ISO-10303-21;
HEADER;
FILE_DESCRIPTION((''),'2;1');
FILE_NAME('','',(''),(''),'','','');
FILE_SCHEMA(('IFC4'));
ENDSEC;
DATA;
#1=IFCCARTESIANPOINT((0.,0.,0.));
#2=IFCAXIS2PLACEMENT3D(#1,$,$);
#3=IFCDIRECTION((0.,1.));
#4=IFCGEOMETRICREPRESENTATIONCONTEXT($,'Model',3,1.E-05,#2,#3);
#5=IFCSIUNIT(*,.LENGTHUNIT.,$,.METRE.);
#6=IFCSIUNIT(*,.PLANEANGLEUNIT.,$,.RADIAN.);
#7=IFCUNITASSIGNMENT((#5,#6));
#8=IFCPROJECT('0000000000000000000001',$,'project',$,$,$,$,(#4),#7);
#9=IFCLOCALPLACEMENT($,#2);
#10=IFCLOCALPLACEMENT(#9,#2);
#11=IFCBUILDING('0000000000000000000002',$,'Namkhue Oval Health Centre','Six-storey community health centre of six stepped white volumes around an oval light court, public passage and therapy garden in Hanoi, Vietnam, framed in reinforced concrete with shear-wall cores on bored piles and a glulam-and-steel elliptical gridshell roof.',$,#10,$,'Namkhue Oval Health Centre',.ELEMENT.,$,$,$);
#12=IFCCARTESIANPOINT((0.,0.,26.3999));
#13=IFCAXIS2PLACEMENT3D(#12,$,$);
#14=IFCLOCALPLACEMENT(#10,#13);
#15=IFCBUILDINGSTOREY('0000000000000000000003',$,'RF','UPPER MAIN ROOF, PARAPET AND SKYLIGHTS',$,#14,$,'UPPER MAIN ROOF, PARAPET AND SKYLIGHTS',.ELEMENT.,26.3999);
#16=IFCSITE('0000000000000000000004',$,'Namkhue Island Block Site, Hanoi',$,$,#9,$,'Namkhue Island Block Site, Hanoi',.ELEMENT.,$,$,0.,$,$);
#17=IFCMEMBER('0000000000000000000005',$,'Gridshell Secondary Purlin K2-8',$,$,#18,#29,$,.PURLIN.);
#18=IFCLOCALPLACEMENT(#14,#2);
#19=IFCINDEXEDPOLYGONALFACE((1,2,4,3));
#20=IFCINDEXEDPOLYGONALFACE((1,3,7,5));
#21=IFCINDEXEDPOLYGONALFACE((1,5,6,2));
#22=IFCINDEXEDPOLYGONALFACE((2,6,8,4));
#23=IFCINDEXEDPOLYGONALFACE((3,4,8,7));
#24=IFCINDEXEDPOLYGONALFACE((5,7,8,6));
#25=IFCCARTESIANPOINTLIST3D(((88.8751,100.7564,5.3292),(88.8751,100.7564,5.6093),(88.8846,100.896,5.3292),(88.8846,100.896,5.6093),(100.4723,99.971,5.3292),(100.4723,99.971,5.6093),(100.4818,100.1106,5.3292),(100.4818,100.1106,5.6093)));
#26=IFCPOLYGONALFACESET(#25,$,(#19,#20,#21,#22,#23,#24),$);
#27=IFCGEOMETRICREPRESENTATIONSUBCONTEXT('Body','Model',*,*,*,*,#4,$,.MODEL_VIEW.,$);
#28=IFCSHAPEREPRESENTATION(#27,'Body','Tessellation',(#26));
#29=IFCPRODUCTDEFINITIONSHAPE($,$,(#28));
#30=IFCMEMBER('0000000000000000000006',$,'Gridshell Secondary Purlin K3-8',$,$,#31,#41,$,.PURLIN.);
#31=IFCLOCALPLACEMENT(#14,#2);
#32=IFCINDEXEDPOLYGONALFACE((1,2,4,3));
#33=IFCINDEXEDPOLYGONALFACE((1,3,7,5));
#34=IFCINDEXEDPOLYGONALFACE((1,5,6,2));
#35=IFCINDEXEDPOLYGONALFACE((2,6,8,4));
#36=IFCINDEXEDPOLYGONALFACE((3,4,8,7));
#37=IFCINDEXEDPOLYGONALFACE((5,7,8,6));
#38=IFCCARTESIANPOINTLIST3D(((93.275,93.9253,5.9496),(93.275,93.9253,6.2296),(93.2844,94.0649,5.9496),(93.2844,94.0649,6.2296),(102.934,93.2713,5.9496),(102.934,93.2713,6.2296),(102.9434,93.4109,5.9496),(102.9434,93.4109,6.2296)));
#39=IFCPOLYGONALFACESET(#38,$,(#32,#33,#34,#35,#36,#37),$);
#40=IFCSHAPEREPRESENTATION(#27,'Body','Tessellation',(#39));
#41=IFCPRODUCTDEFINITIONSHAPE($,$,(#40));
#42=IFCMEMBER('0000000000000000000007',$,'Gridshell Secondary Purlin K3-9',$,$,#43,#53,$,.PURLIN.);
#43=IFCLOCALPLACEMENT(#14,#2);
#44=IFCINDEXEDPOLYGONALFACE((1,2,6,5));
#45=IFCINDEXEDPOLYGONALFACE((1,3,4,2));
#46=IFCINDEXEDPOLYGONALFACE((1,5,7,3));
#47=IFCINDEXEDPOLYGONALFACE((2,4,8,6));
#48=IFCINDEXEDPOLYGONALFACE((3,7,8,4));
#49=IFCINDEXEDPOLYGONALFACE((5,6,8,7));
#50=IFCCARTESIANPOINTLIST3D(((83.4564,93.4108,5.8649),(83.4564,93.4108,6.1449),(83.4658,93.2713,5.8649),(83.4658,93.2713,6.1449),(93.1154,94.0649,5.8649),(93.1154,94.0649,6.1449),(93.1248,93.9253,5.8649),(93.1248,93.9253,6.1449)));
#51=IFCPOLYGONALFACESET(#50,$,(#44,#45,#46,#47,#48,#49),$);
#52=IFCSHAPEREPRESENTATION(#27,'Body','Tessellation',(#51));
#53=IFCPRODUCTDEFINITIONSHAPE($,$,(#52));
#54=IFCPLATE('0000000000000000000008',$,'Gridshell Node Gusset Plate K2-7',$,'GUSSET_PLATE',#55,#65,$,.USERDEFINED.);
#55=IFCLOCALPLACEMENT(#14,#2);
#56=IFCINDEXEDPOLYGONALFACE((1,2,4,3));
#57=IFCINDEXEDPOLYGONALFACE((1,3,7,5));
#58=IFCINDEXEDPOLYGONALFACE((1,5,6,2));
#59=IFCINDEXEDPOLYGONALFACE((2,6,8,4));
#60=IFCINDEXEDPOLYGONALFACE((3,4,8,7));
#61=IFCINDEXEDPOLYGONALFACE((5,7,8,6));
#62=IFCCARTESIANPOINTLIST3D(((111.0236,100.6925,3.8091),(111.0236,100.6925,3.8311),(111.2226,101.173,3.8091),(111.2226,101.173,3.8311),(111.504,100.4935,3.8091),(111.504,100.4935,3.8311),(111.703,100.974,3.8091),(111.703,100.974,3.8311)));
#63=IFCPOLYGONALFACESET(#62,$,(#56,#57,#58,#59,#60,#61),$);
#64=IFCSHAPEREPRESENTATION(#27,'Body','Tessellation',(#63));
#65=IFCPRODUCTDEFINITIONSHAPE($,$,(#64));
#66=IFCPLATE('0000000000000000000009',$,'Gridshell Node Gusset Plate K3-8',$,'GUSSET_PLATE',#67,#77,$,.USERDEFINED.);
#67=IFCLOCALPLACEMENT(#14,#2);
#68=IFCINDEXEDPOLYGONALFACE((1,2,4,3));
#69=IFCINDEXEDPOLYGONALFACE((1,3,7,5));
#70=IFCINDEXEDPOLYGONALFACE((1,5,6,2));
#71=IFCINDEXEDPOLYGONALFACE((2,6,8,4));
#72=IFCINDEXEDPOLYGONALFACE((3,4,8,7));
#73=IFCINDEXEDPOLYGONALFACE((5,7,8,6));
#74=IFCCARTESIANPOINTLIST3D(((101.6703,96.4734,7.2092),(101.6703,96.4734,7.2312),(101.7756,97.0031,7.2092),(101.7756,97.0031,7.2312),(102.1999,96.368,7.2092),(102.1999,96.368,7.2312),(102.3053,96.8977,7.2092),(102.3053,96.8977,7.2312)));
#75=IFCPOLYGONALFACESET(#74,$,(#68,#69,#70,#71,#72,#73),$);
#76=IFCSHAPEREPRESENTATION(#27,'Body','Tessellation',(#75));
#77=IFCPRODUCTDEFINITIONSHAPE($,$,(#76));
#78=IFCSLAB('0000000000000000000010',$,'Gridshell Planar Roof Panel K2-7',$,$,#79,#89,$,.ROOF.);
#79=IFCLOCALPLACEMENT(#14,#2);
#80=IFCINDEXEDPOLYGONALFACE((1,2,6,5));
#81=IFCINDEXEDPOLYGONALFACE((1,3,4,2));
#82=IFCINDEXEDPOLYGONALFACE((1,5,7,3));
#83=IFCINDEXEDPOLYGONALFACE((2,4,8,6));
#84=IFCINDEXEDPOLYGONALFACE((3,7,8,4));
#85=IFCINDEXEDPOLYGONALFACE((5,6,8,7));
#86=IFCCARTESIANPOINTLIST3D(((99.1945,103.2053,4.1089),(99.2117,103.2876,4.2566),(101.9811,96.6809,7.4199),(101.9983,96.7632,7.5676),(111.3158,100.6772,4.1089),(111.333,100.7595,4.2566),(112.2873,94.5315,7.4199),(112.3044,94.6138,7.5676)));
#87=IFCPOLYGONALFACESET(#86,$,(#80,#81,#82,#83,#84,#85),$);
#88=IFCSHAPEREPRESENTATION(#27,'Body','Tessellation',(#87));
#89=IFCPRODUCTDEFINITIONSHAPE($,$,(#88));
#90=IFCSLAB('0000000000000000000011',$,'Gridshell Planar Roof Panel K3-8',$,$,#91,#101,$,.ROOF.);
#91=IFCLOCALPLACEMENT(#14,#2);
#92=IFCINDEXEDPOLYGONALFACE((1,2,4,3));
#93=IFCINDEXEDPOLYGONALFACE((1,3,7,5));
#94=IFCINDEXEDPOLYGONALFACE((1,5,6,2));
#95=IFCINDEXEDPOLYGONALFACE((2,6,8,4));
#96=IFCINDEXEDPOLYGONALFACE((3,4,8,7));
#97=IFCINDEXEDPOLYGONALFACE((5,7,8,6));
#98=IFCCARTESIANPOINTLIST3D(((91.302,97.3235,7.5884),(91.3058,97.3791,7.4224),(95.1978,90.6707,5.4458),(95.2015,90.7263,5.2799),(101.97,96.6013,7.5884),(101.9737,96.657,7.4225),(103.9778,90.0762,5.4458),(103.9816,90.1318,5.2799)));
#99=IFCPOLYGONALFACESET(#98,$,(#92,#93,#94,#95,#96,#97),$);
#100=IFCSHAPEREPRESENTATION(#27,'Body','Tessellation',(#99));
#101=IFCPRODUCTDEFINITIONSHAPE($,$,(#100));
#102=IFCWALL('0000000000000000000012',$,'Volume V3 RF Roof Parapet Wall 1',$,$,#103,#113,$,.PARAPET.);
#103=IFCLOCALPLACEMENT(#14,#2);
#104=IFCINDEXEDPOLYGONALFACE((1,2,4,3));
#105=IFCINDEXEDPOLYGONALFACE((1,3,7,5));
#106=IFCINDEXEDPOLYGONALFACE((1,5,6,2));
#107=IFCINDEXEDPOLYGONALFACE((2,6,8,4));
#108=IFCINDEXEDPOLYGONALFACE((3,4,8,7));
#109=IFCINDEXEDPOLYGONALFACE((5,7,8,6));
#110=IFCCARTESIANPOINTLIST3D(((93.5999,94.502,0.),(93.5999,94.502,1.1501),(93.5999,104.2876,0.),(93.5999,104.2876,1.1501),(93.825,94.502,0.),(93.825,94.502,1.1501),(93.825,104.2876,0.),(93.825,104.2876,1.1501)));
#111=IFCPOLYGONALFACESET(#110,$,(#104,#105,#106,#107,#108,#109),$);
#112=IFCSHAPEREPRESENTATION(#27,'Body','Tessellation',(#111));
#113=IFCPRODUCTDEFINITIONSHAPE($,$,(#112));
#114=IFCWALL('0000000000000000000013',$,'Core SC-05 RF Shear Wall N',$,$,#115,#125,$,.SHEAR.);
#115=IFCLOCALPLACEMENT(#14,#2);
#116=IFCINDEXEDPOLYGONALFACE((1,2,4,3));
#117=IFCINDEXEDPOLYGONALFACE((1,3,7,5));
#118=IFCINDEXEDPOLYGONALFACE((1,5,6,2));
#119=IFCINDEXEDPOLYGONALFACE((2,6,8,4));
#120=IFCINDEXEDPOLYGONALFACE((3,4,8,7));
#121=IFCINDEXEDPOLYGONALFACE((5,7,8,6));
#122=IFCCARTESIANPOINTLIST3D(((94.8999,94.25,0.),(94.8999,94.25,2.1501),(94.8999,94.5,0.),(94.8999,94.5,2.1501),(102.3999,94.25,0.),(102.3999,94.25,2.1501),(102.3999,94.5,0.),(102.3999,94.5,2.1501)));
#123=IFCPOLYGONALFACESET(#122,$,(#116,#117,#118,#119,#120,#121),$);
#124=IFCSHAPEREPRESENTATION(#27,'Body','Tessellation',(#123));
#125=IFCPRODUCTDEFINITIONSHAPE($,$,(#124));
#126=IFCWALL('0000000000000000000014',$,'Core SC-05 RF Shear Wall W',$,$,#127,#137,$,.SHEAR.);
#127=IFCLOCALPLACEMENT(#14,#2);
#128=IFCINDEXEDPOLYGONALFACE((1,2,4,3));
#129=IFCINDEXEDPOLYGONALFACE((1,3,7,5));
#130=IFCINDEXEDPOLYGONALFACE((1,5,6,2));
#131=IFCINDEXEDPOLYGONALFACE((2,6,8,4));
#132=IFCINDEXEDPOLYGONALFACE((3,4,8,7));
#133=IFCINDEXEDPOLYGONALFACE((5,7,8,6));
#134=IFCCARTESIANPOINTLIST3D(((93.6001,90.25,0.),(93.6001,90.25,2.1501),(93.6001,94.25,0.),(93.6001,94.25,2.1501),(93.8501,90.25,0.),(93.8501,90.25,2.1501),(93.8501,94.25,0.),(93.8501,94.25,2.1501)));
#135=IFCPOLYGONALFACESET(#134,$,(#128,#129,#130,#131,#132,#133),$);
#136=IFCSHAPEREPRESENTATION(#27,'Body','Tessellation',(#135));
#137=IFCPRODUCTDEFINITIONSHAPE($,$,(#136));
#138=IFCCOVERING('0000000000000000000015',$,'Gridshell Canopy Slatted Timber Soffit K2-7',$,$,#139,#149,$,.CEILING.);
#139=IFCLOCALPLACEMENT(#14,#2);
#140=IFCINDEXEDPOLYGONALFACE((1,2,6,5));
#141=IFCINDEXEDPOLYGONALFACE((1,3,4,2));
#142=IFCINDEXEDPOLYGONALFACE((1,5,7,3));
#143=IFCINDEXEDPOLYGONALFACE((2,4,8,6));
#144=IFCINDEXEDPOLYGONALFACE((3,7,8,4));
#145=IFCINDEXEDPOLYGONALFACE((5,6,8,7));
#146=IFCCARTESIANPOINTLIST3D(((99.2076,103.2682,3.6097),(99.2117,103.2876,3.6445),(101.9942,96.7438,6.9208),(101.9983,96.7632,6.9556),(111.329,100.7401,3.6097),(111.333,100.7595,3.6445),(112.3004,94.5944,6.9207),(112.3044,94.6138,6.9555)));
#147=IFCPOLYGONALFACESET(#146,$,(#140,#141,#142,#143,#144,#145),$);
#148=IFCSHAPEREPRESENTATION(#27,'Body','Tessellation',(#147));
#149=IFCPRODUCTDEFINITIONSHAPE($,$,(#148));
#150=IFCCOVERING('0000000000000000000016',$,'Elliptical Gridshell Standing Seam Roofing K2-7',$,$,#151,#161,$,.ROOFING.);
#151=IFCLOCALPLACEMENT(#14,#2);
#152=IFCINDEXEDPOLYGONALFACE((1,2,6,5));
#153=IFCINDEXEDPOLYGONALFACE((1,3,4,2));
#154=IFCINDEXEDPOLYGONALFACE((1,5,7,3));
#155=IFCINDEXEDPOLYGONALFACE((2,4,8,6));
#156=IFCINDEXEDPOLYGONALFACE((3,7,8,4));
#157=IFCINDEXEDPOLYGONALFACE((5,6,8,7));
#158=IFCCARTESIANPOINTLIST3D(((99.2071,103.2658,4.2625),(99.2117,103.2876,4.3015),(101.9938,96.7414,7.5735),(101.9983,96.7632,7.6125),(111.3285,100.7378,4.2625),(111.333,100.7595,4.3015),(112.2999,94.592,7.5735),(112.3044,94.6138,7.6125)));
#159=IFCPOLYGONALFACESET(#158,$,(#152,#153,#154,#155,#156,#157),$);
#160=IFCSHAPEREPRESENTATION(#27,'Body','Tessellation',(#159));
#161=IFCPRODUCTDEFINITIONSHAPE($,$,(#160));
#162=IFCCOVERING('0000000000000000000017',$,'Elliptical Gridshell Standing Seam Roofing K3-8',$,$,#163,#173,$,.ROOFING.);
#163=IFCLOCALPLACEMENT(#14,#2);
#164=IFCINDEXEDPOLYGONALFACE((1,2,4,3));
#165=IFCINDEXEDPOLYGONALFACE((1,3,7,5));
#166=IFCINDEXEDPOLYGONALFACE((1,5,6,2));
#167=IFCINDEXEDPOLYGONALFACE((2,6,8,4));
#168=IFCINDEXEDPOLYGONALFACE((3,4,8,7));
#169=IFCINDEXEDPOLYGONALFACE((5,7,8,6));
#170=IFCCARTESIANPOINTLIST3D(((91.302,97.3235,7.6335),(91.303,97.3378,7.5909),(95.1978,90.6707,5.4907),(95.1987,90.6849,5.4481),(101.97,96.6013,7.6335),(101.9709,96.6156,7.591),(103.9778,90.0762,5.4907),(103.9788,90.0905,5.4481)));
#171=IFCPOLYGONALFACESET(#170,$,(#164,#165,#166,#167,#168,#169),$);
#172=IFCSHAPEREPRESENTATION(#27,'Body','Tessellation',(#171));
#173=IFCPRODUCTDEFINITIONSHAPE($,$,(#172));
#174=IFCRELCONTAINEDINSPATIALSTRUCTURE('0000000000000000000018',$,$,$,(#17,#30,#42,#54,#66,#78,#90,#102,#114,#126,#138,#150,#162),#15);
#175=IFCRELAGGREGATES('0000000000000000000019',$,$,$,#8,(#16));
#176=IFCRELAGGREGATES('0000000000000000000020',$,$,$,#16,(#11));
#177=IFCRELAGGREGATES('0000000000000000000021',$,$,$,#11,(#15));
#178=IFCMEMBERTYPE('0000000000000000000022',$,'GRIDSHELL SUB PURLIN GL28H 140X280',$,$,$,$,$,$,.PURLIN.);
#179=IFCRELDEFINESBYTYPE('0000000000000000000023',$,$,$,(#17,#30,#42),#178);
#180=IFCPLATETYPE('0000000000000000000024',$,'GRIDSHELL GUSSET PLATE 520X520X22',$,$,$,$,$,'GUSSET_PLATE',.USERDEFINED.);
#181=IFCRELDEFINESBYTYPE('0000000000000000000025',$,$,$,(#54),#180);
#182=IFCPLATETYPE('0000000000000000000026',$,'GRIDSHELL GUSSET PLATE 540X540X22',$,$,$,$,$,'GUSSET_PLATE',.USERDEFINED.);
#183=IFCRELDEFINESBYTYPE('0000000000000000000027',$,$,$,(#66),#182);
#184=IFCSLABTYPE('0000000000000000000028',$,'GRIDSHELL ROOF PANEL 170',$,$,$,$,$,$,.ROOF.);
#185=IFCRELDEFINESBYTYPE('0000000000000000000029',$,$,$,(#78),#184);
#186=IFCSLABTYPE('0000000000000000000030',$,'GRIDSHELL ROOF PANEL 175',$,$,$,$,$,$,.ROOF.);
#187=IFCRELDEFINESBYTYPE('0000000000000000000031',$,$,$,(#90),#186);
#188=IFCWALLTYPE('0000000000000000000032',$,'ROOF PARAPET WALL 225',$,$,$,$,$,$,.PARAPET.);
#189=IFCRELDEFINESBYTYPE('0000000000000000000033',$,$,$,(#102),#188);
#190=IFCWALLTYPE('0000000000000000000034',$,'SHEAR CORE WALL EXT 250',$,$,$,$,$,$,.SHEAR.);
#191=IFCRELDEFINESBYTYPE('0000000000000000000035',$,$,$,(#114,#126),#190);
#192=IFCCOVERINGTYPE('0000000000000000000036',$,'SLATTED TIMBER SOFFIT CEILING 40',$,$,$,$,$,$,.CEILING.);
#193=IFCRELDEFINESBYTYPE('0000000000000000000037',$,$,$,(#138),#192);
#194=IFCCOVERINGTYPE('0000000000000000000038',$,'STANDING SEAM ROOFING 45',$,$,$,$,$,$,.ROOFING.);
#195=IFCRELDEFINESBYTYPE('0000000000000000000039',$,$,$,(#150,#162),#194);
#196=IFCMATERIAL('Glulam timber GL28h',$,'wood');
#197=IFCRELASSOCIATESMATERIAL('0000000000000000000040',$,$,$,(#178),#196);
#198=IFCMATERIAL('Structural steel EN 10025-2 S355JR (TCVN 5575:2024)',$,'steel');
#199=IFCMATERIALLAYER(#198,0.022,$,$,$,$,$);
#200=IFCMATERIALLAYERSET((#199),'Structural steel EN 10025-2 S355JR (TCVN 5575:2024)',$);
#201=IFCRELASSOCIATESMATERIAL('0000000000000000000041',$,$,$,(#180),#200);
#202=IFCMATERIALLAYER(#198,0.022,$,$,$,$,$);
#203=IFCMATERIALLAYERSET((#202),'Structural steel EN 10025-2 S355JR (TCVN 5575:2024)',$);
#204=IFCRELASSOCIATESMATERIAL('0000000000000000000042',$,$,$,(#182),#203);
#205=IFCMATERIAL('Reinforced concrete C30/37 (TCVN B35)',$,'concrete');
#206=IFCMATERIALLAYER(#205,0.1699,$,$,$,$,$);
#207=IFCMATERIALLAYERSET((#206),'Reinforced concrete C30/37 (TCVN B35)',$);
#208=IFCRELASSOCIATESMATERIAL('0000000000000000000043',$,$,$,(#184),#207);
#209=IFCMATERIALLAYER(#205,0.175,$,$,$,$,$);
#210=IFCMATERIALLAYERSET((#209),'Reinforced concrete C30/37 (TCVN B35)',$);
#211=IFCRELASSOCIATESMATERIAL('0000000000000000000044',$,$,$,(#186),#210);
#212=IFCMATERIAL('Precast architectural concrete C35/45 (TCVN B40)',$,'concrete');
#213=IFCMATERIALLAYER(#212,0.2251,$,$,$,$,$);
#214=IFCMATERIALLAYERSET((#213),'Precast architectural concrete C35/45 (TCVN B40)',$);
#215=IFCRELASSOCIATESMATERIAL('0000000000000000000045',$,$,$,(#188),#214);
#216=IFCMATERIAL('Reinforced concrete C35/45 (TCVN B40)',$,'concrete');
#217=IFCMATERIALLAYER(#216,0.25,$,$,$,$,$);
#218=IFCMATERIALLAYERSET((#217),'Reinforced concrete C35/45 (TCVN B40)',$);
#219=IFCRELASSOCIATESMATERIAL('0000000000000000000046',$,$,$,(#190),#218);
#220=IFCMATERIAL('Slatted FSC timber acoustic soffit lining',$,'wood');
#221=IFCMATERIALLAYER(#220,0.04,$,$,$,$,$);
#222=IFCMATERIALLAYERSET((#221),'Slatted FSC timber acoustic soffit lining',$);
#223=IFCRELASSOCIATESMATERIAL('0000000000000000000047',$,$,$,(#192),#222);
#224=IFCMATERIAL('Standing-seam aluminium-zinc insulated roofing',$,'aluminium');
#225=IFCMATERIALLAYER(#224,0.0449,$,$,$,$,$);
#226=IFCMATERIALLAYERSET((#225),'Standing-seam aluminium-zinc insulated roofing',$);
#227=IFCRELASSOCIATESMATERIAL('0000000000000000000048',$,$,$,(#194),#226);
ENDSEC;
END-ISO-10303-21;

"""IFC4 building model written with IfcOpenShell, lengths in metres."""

from ifc_helpers import new_model, si_unit, direction, frame, frame_2d, origin, origin_2d, place, context, subcontext, project, spatial, polyline, rectangle, outline, extrude, material, layer, layer_set, material_profile, profile_set, type_object, element, save


model = new_model("IFC4")

# Units and contexts
model_context = context("Model", 3, precision=1e-05, world=origin(), true_north=direction((0.0, 1.0)))
body_context = subcontext(model_context, "Body", "Model", "MODEL_VIEW")
ifc_project = project(units=[si_unit("LENGTHUNIT", "METRE"), si_unit("PLANEANGLEUNIT", "RADIAN")], contexts=[model_context])

# Site, building, storey
site_placement = place(None, origin())
site = spatial("IfcSite", under=ifc_project, at=site_placement, Name="Namkhue Island Block Site, Hanoi", LongName="Namkhue Island Block Site, Hanoi", CompositionType="ELEMENT", RefElevation=0.0)
building_placement = place(site_placement, origin())
building = spatial("IfcBuilding", under=site, at=building_placement, Name="Namkhue Oval Health Centre", Description="Six-storey community health centre of six stepped white volumes around an oval light court, public passage and therapy garden in Hanoi, Vietnam, framed in reinforced concrete with shear-wall cores on bored piles and a glulam-and-steel elliptical gridshell roof.", LongName="Namkhue Oval Health Centre", CompositionType="ELEMENT")
storey_placement = place(building_placement, frame((0.0, 0.0, 26.3999)))
storey = spatial("IfcBuildingStorey", under=building, at=storey_placement, Name="RF", Description="UPPER MAIN ROOF, PARAPET AND SKYLIGHTS", LongName="UPPER MAIN ROOF, PARAPET AND SKYLIGHTS", CompositionType="ELEMENT", Elevation=26.3999)

# Members
ifc_material_1 = material(Name="Structural steel EN 10025-2 S355JR (TCVN 5575:2024)", Category="steel")
ifc_material_2 = material(Name="Glulam timber GL28h", Category="wood")
ifc_material_profile_1 = material_profile(ifc_material_2, rectangle(XDim=0.1399, YDim=0.28, at=origin_2d()), Name="GL28h 140x280")
ifc_profile_set_1 = profile_set([ifc_material_profile_1], Name="Glulam timber GL28h")
member_type_1 = type_object("IfcMemberType", Name="GRIDSHELL SUB PURLIN GL28H 140X280", PredefinedType="PURLIN", material=ifc_profile_set_1)
member_1_placement = place(storey_placement, frame((100.4771, 100.0408, 5.4692), z_axis=(-0.997715, 0.067569, 0.0), x_axis=(-0.067569, -0.997715, 0.0)))
element("IfcMember", 1, at=member_1_placement, inside=storey, type_object=member_type_1, Name="Gridshell Secondary Purlin K2-8", PredefinedType="PURLIN", context=body_context, shape_type="SweptSolid", body=[
    extrude(rectangle(XDim=0.1399, YDim=0.28, at=origin_2d()), origin(), (0.0, 0.0, 1.0), 11.6238),
])
for number, where, z_axis, x_axis, name in (
    (2, (102.9387, 93.3411, 6.0896), (-0.997715, 0.06756, 0.0), (-0.06756, -0.997715, 0.0), "Gridshell Secondary Purlin K3-8"),
    (3, (93.1201, 93.9951, 6.0049), (-0.997715, -0.06756, 0.0), (0.06756, -0.997715, 0.0), "Gridshell Secondary Purlin K3-9"),
):
    element("IfcMember", number, at=place(storey_placement, frame(where, z_axis=z_axis, x_axis=x_axis)), inside=storey, type_object=member_type_1, Name=name, PredefinedType="PURLIN", context=body_context, shape_type="SweptSolid", body=[
        extrude(rectangle(XDim=0.1399, YDim=0.28, at=origin_2d()), origin(), (0.0, 0.0, 1.0), 9.6812),
    ])

# Plates
ifc_layer_1 = layer(ifc_material_1, 0.022)
ifc_layer_set_1 = layer_set([ifc_layer_1], Name="Structural steel EN 10025-2 S355JR (TCVN 5575:2024)")
plate_type_1 = type_object("IfcPlateType", Name="GRIDSHELL GUSSET PLATE 520X520X22", ElementType="GUSSET_PLATE", PredefinedType="USERDEFINED", material=ifc_layer_set_1)
plate_1_placement = place(storey_placement, frame((111.3633, 100.8333, 3.8091), z_axis=(0.0, 0.0, 1.0), x_axis=(0.382683, 0.92388, 0.0)))
element("IfcPlate", 4, at=plate_1_placement, inside=storey, type_object=plate_type_1, Name="Gridshell Node Gusset Plate K2-7", ObjectType="GUSSET_PLATE", PredefinedType="USERDEFINED", context=body_context, shape_type="SweptSolid", body=[
    extrude(rectangle(XDim=0.52, YDim=0.52, at=origin_2d()), origin(), (0.0, 0.0, 1.0), 0.022),
])
ifc_layer_2 = layer(ifc_material_1, 0.022)
ifc_layer_set_2 = layer_set([ifc_layer_2], Name="Structural steel EN 10025-2 S355JR (TCVN 5575:2024)")
plate_type_2 = type_object("IfcPlateType", Name="GRIDSHELL GUSSET PLATE 540X540X22", ElementType="GUSSET_PLATE", PredefinedType="USERDEFINED", material=ifc_layer_set_2)
plate_2_placement = place(storey_placement, frame((101.9878, 96.6855, 7.2092), z_axis=(0.0, 0.0, 1.0), x_axis=(0.19509, 0.980785, 0.0)))
element("IfcPlate", 5, at=plate_2_placement, inside=storey, type_object=plate_type_2, Name="Gridshell Node Gusset Plate K3-8", ObjectType="GUSSET_PLATE", PredefinedType="USERDEFINED", context=body_context, shape_type="SweptSolid", body=[
    extrude(rectangle(XDim=0.54, YDim=0.54, at=origin_2d()), origin(), (0.0, 0.0, 1.0), 0.022),
])

# Slabs
ifc_material_3 = material(Name="Reinforced concrete C30/37 (TCVN B35)", Category="concrete")
ifc_layer_3 = layer(ifc_material_3, 0.1699)
ifc_layer_set_3 = layer_set([ifc_layer_3], Name="Reinforced concrete C30/37 (TCVN B35)")
slab_type_1 = type_object("IfcSlabType", Name="GRIDSHELL ROOF PANEL 170", PredefinedType="ROOF", material=ifc_layer_set_3)
slab_1_placement = place(storey_placement, frame((111.333, 100.7595, 4.2566), z_axis=(0.100984, 0.484195, 0.869113), x_axis=(-0.978935, 0.20417, -0.000001)))
element("IfcSlab", 6, at=slab_1_placement, inside=storey, type_object=slab_type_1, Name="Gridshell Planar Roof Panel K2-7", PredefinedType="ROOF", context=body_context, shape_type="SweptSolid", body=[
    extrude(outline(polyline([(0.0, 0.0), (12.3822, 0.0), (8.3221, 6.6942), (-2.2058, 6.6941), (0.0, 0.0)])), origin(), (0.0, 0.0, -1.0), 0.1699),
])
ifc_layer_4 = layer(ifc_material_3, 0.175)
ifc_layer_set_4 = layer_set([ifc_layer_4], Name="Reinforced concrete C30/37 (TCVN B35)")
slab_type_2 = type_object("IfcSlabType", Name="GRIDSHELL ROOF PANEL 175", PredefinedType="ROOF", material=ifc_layer_set_4)
slab_2_placement = place(storey_placement, frame((101.97, 96.6013, 7.5884), z_axis=(-0.02152, -0.317871, 0.94789), x_axis=(-0.997716, 0.067541, -0.000002)))
element("IfcSlab", 7, at=slab_2_placement, inside=storey, type_object=slab_type_2, Name="Gridshell Planar Roof Panel K3-8", PredefinedType="ROOF", context=body_context, shape_type="SweptSolid", body=[
    extrude(outline(polyline([(0.0, 0.0), (10.6924, 0.0), (6.3562, 6.725), (-2.4439, 6.7251), (0.0, 0.0)])), origin(), (0.0, 0.0, -1.0), 0.175),
])

# Walls
ifc_material_4 = material(Name="Precast architectural concrete C35/45 (TCVN B40)", Category="concrete")
ifc_layer_5 = layer(ifc_material_4, 0.2251)
ifc_layer_set_5 = layer_set([ifc_layer_5], Name="Precast architectural concrete C35/45 (TCVN B40)")
wall_type_1 = type_object("IfcWallType", Name="ROOF PARAPET WALL 225", PredefinedType="PARAPET", material=ifc_layer_set_5)
wall_1_placement = place(storey_placement, frame((93.7124, 94.502, 0.0), z_axis=(0.0, 0.0, 1.0), x_axis=(0.0, 1.0, 0.0)))
element("IfcWall", 8, at=wall_1_placement, inside=storey, type_object=wall_type_1, Name="Volume V3 RF Roof Parapet Wall 1", PredefinedType="PARAPET", context=body_context, shape_type="SweptSolid", body=[
    extrude(rectangle(XDim=9.7856, YDim=0.2251, at=frame_2d((4.8928, 0.0))), origin(), (0.0, 0.0, 1.0), 1.1501),
])
ifc_material_5 = material(Name="Reinforced concrete C35/45 (TCVN B40)", Category="concrete")
ifc_layer_6 = layer(ifc_material_5, 0.25)
ifc_layer_set_6 = layer_set([ifc_layer_6], Name="Reinforced concrete C35/45 (TCVN B40)")
wall_type_2 = type_object("IfcWallType", Name="SHEAR CORE WALL EXT 250", PredefinedType="SHEAR", material=ifc_layer_set_6)
wall_2_placement = place(storey_placement, frame((102.3999, 94.375, 0.0), z_axis=(0.0, 0.0, 1.0), x_axis=(-1.0, 0.0, 0.0)))
element("IfcWall", 9, at=wall_2_placement, inside=storey, type_object=wall_type_2, Name="Core SC-05 RF Shear Wall N", PredefinedType="SHEAR", context=body_context, shape_type="SweptSolid", body=[
    extrude(rectangle(XDim=7.5, YDim=0.25, at=frame_2d((3.75, 0.0))), origin(), (0.0, 0.0, 1.0), 2.1501),
])
wall_3_placement = place(storey_placement, frame((93.7251, 94.25, 0.0), z_axis=(0.0, 0.0, 1.0), x_axis=(0.0, -1.0, 0.0)))
element("IfcWall", 10, at=wall_3_placement, inside=storey, type_object=wall_type_2, Name="Core SC-05 RF Shear Wall W", PredefinedType="SHEAR", context=body_context, shape_type="SweptSolid", body=[
    extrude(rectangle(XDim=4.0, YDim=0.25, at=frame_2d((2.0, 0.0))), origin(), (0.0, 0.0, 1.0), 2.1501),
])

# Coverings
ifc_material_6 = material(Name="Slatted FSC timber acoustic soffit lining", Category="wood")
ifc_layer_7 = layer(ifc_material_6, 0.04)
ifc_layer_set_7 = layer_set([ifc_layer_7], Name="Slatted FSC timber acoustic soffit lining")
covering_type_1 = type_object("IfcCoveringType", Name="SLATTED TIMBER SOFFIT CEILING 40", PredefinedType="CEILING", material=ifc_layer_set_7)
covering_1_placement = place(storey_placement, frame((111.333, 100.7595, 3.6445), z_axis=(0.100984, 0.484195, 0.869113), x_axis=(-0.978935, 0.20417, -0.000001)))
element("IfcCovering", 11, at=covering_1_placement, inside=storey, type_object=covering_type_1, Name="Gridshell Canopy Slatted Timber Soffit K2-7", PredefinedType="CEILING", context=body_context, shape_type="SweptSolid", body=[
    extrude(outline(polyline([(0.0, 0.0), (12.3822, 0.0), (8.3221, 6.6942), (-2.2058, 6.6941), (0.0, 0.0)])), origin(), (0.0, 0.0, -1.0), 0.04),
])
ifc_material_7 = material(Name="Standing-seam aluminium-zinc insulated roofing", Category="aluminium")
ifc_layer_8 = layer(ifc_material_7, 0.0449)
ifc_layer_set_8 = layer_set([ifc_layer_8], Name="Standing-seam aluminium-zinc insulated roofing")
covering_type_2 = type_object("IfcCoveringType", Name="STANDING SEAM ROOFING 45", PredefinedType="ROOFING", material=ifc_layer_set_8)
covering_2_placement = place(storey_placement, frame((111.333, 100.7595, 4.3015), z_axis=(0.100984, 0.484195, 0.869113), x_axis=(-0.978935, 0.20417, -0.000001)))
element("IfcCovering", 12, at=covering_2_placement, inside=storey, type_object=covering_type_2, Name="Elliptical Gridshell Standing Seam Roofing K2-7", PredefinedType="ROOFING", context=body_context, shape_type="SweptSolid", body=[
    extrude(outline(polyline([(0.0, 0.0), (12.3822, 0.0), (8.3221, 6.6942), (-2.2058, 6.6941), (0.0, 0.0)])), origin(), (0.0, 0.0, -1.0), 0.0449),
])
covering_3_placement = place(storey_placement, frame((101.97, 96.6013, 7.6335), z_axis=(-0.021522, -0.317904, 0.947879), x_axis=(-0.997716, 0.067541, -0.000002)))
element("IfcCovering", 13, at=covering_3_placement, inside=storey, type_object=covering_type_2, Name="Elliptical Gridshell Standing Seam Roofing K3-8", PredefinedType="ROOFING", context=body_context, shape_type="SweptSolid", body=[
    extrude(outline(polyline([(0.0, 0.0), (10.6924, 0.0), (6.3562, 6.725), (-2.4439, 6.7252), (0.0, 0.0)])), origin(), (0.0, 0.0, -1.0), 0.0449),
])

save(model, "model.ifc")
